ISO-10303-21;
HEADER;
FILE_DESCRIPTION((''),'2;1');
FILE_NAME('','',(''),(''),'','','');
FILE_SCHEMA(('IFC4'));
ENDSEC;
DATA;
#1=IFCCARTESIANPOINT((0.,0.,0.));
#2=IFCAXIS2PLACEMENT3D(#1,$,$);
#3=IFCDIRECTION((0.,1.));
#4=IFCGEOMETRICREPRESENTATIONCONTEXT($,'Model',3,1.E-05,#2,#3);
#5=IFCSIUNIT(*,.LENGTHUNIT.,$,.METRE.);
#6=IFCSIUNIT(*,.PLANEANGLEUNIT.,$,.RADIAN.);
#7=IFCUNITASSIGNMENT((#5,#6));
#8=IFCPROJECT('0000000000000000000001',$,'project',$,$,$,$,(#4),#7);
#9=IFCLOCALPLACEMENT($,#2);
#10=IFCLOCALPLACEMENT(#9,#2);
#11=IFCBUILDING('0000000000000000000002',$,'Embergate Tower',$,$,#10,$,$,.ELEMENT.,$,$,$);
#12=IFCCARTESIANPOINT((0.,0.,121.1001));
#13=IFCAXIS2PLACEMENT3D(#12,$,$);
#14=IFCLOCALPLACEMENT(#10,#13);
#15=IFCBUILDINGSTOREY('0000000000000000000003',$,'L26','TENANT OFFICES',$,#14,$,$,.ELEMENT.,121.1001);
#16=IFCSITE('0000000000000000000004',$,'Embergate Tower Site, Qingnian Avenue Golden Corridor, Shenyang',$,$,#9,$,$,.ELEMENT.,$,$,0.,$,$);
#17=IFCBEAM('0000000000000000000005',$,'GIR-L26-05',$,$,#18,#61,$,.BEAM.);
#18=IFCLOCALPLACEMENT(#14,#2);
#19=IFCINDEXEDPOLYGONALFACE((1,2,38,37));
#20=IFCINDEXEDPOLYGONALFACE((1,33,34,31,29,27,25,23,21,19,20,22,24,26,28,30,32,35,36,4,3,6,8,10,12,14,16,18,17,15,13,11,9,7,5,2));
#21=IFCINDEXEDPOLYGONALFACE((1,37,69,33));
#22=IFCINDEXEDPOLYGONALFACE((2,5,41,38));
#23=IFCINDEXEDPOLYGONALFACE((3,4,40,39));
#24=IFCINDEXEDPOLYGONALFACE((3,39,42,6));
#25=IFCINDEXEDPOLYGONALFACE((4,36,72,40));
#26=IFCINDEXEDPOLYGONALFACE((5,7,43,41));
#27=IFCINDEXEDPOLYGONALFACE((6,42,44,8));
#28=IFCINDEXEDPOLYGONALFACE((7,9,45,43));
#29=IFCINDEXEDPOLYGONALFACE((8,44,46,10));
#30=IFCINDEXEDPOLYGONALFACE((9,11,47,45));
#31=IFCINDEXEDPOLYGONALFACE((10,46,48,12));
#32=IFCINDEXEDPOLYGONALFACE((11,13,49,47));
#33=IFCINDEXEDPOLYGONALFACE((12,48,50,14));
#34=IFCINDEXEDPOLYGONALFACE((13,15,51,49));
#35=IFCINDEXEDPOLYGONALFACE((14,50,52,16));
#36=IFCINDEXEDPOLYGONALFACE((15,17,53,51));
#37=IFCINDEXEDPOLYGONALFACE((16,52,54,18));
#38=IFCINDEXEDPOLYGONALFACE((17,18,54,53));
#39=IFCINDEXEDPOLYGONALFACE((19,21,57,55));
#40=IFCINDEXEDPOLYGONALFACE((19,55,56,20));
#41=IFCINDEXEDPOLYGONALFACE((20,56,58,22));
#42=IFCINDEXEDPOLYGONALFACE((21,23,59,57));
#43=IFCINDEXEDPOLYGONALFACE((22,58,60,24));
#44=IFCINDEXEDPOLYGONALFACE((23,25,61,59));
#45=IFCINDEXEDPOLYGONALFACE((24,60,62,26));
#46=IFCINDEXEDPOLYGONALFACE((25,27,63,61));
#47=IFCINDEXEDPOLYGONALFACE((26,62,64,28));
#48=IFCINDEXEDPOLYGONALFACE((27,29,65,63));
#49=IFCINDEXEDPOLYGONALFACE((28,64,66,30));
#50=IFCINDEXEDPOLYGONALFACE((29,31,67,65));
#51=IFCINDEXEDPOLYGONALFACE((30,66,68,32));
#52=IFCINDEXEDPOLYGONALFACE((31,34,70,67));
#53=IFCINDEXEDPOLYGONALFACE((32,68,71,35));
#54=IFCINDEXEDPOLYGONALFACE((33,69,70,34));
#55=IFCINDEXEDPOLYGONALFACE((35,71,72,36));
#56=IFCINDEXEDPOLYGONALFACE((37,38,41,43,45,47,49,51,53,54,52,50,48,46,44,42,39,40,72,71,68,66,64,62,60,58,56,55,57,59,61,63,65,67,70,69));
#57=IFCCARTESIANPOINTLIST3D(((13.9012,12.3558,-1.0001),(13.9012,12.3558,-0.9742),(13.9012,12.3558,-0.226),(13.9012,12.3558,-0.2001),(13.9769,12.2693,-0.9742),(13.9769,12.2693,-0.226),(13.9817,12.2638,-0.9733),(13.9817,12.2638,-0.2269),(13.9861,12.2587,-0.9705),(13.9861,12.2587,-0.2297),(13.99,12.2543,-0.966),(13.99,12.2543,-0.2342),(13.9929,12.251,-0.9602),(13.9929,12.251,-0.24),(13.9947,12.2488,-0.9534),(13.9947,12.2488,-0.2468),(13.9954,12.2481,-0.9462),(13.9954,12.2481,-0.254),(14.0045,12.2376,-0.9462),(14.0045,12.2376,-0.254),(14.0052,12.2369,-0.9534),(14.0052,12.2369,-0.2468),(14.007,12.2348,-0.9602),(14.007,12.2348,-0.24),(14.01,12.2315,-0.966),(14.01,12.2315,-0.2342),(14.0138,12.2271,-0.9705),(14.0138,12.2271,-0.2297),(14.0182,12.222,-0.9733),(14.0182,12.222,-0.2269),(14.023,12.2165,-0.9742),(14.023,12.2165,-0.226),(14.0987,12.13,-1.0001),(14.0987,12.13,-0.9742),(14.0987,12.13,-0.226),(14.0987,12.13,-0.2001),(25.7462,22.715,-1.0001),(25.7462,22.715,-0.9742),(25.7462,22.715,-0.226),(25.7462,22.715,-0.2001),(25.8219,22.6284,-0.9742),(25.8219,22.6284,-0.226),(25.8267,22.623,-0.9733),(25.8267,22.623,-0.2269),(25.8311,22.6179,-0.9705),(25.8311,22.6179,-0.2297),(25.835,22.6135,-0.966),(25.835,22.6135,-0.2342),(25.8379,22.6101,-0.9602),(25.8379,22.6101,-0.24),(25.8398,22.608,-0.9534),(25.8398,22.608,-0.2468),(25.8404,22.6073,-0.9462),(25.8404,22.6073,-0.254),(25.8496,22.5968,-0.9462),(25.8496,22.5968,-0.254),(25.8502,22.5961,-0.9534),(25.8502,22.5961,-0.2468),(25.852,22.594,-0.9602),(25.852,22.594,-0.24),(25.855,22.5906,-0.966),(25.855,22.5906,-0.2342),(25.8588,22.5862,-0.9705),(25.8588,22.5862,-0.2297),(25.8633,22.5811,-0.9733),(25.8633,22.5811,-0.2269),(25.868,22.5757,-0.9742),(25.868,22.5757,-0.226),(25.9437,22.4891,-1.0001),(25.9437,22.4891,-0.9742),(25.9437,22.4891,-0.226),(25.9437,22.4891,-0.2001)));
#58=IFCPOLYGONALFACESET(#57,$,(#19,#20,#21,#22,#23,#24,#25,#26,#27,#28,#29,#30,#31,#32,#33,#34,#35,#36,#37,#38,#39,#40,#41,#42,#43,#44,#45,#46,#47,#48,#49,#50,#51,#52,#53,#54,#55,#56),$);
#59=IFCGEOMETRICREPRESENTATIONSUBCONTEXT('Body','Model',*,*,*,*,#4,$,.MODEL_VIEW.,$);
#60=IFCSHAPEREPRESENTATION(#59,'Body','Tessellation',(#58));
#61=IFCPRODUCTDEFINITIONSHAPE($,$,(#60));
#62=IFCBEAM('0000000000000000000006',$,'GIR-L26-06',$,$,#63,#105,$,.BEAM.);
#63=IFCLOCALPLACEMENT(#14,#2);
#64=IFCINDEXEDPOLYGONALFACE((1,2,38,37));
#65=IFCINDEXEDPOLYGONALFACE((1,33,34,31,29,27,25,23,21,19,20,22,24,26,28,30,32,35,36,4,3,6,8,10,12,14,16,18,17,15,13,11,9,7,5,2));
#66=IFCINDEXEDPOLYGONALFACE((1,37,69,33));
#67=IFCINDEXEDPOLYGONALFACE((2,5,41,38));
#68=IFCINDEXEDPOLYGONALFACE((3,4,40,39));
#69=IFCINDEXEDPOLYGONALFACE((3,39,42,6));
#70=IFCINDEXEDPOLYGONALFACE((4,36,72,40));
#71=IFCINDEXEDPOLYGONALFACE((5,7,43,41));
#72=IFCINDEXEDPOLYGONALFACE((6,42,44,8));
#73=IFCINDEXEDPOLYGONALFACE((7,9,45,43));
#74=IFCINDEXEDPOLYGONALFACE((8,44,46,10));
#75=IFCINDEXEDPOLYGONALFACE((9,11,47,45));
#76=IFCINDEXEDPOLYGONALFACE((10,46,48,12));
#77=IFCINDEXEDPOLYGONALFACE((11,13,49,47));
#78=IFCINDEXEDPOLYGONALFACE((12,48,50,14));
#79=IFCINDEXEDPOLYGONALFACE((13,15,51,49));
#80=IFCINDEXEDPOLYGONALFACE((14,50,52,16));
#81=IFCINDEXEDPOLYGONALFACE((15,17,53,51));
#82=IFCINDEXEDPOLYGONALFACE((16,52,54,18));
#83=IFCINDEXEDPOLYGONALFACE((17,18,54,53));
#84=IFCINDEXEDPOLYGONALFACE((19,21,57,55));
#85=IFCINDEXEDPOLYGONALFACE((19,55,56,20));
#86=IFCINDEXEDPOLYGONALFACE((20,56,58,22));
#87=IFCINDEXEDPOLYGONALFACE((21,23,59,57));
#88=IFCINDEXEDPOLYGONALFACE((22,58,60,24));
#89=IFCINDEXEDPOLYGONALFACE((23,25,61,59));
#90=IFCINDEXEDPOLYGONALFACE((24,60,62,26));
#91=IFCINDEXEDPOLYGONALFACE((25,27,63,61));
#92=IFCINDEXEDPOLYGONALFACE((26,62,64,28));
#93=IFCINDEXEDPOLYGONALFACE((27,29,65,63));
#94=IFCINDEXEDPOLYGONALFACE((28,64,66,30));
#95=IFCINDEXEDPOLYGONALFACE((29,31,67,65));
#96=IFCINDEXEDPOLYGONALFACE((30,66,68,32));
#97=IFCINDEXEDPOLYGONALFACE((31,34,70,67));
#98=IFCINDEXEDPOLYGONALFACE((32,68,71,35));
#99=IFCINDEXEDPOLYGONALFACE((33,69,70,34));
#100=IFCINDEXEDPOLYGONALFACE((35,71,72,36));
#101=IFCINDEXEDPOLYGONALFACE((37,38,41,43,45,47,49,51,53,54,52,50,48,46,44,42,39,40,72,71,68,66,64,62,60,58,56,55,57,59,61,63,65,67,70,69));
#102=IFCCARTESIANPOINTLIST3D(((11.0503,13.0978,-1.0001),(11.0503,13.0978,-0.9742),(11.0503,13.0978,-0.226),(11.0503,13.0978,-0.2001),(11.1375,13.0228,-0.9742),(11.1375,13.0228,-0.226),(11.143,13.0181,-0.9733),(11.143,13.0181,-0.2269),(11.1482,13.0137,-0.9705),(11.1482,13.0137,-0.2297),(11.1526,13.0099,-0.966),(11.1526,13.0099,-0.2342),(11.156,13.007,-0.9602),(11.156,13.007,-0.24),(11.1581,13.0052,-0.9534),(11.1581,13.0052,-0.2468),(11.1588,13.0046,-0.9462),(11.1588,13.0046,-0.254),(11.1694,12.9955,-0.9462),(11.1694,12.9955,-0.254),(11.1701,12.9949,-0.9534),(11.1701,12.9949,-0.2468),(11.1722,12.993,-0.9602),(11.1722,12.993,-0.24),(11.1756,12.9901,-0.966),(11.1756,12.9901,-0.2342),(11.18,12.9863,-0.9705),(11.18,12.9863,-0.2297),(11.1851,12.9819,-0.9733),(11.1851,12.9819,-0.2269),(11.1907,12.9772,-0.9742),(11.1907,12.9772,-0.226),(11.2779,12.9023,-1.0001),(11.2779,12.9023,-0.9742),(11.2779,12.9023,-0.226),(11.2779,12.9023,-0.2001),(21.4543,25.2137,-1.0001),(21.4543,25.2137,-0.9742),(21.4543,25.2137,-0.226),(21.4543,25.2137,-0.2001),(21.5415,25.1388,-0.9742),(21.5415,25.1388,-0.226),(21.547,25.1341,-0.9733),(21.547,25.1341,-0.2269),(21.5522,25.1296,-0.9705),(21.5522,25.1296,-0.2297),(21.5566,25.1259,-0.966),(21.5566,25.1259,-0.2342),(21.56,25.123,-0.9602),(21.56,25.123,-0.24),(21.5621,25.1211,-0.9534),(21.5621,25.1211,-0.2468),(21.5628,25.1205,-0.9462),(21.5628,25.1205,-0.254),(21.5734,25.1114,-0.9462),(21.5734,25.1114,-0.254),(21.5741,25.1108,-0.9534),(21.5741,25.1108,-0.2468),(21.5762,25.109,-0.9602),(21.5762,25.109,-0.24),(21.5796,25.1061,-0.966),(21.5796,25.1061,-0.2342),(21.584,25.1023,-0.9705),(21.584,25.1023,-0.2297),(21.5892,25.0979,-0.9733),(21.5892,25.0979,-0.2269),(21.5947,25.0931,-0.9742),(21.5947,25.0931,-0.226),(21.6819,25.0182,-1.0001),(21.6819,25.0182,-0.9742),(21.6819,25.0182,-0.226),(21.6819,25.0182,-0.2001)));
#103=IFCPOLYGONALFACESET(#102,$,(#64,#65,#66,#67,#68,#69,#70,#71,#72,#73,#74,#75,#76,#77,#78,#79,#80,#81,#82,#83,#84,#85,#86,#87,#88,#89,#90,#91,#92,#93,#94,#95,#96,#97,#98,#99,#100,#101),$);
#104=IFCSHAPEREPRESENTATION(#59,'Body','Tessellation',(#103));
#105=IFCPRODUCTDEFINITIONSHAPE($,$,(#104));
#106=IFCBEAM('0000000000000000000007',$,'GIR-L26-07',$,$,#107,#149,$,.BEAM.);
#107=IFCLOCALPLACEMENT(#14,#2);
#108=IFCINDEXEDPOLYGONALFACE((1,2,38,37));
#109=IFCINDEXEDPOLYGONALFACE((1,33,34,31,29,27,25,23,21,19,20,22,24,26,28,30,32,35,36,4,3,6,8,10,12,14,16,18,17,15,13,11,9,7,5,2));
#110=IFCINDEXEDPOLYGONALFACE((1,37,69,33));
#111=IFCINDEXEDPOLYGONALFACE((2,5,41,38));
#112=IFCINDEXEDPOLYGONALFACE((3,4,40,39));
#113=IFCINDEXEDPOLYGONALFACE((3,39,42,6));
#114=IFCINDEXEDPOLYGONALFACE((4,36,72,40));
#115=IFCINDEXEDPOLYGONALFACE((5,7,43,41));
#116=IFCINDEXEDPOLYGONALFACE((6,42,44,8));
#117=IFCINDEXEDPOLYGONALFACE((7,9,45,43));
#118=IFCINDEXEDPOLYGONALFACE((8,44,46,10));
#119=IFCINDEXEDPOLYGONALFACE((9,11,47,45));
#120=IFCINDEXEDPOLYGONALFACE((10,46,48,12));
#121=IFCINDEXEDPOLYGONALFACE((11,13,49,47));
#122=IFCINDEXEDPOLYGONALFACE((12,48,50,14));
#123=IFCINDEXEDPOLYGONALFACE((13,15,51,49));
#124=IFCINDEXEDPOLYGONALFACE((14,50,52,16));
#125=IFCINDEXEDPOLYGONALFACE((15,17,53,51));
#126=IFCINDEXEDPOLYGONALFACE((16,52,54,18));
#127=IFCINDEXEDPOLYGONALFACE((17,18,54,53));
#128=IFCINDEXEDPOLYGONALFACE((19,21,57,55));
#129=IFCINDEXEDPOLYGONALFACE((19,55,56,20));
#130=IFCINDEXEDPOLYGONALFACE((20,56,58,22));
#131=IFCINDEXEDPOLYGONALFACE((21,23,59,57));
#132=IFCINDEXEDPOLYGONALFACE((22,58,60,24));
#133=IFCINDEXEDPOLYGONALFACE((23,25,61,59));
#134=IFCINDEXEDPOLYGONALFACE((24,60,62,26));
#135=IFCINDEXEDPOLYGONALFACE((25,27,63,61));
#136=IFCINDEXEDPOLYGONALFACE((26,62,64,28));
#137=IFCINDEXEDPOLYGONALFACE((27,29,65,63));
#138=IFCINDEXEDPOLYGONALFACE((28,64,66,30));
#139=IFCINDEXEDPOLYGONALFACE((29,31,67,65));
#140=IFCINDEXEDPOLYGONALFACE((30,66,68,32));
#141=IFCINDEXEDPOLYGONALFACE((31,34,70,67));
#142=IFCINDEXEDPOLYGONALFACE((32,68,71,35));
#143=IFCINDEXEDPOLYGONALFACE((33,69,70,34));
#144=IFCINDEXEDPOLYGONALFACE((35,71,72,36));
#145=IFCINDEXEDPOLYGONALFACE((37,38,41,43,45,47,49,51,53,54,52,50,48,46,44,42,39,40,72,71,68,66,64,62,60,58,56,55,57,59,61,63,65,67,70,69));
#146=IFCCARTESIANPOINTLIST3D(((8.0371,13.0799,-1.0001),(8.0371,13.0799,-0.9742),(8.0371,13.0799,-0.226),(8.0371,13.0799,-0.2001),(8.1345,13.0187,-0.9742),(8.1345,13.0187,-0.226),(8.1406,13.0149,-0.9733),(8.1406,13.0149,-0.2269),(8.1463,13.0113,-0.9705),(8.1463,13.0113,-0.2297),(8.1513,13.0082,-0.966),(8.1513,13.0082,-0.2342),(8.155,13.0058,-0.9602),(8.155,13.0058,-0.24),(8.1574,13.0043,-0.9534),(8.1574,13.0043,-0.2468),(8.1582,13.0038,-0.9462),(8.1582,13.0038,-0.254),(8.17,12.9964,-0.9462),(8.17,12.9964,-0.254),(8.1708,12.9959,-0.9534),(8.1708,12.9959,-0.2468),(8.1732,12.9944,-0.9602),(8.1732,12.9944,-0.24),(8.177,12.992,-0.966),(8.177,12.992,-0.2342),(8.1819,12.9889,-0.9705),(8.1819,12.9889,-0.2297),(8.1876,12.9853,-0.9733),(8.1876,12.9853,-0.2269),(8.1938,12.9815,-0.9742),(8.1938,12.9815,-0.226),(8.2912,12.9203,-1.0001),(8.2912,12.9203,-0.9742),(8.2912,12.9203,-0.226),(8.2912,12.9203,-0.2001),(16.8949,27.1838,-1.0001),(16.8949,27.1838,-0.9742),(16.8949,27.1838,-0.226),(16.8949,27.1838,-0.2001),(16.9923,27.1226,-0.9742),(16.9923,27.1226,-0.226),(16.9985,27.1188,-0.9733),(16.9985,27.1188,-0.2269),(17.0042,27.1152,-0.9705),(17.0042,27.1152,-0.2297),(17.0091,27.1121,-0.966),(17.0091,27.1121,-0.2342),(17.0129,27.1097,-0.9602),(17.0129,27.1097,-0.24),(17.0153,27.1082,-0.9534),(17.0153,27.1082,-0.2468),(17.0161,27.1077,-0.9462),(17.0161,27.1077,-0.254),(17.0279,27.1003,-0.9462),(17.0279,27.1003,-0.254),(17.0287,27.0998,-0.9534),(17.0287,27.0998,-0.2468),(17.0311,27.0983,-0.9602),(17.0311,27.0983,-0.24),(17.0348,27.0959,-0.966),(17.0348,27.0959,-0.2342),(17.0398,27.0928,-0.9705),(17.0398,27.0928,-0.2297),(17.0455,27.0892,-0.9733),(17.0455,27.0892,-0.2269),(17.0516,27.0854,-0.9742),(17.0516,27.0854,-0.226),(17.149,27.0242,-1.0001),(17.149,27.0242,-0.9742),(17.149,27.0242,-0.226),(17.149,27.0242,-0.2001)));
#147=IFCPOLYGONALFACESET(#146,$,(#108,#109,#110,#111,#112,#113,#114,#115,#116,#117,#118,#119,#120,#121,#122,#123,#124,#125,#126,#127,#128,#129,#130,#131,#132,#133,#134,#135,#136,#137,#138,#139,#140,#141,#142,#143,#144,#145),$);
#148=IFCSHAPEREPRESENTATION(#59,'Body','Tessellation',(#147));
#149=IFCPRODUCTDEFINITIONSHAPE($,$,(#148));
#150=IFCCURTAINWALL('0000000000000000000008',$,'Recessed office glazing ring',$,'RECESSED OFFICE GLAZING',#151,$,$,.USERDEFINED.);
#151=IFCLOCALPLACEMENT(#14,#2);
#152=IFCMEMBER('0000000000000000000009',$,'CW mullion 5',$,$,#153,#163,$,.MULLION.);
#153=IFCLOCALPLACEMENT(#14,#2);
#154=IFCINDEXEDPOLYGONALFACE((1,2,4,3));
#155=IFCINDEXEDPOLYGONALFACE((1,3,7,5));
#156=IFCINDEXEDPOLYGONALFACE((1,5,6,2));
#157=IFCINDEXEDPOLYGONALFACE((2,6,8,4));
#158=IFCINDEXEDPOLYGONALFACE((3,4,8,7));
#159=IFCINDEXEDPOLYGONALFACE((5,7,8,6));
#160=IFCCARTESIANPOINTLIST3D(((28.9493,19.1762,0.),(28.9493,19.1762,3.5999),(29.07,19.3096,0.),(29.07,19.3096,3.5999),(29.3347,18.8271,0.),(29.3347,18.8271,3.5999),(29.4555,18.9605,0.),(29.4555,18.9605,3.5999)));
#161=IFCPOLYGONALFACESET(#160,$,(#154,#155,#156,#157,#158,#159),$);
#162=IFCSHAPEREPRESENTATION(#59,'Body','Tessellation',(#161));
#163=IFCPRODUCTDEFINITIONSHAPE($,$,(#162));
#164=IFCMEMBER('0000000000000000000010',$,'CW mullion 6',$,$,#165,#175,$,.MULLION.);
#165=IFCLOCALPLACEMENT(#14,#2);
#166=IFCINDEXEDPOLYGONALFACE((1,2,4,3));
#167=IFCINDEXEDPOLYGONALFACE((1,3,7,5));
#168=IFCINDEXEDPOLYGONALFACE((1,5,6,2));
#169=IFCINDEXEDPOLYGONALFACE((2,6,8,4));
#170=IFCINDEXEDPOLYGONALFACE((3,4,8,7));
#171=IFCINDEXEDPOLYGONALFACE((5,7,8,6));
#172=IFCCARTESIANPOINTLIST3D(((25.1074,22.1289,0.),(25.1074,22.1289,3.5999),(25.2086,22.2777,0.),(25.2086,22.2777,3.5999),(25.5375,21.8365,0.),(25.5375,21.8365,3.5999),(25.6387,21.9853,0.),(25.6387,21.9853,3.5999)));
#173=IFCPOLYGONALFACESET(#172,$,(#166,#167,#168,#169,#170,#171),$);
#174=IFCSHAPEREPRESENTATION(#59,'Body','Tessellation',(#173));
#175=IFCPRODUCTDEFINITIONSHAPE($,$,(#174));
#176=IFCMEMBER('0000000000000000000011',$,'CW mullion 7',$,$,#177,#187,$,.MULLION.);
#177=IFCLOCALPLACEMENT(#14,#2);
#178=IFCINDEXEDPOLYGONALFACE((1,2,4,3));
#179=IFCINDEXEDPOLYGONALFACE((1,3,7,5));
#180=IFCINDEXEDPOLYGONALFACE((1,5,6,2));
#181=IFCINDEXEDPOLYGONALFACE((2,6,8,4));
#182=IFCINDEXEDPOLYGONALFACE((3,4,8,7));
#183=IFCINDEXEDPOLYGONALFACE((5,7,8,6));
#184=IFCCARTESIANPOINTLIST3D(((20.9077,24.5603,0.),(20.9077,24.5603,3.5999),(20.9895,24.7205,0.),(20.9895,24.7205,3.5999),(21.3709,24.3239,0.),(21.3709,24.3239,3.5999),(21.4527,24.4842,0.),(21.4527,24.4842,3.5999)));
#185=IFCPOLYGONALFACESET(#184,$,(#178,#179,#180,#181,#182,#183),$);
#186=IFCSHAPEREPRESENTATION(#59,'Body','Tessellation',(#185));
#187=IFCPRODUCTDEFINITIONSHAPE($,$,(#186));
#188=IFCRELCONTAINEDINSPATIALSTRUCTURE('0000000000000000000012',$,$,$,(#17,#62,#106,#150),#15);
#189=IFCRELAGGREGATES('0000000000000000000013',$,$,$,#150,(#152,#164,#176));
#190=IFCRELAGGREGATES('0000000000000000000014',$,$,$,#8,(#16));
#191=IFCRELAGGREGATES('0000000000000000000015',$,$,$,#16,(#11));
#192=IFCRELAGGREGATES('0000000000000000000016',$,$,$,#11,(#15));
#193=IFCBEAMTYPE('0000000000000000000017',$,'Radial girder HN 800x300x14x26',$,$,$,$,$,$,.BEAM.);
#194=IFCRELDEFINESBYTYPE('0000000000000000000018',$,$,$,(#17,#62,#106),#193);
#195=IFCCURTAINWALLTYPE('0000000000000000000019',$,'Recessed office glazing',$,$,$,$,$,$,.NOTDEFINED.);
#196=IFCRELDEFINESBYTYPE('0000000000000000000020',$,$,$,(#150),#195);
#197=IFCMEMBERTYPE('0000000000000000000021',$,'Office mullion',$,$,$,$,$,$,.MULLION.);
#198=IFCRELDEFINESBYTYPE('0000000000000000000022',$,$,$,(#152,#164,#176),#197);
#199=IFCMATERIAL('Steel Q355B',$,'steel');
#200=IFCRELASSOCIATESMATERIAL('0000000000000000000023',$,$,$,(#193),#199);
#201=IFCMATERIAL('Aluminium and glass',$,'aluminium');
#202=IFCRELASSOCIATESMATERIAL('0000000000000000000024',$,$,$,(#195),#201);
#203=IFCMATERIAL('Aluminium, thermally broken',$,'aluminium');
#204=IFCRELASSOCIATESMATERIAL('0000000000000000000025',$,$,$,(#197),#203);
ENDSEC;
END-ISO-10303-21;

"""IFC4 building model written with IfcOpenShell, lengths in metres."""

from ifc_helpers import new_model, si_unit, direction, frame, origin, origin_2d, place, context, subcontext, project, spatial, rectangle, i_section, extrude, source, transform, mapped, material, material_profile, profile_set, type_object, element, aggregate, save


model = new_model("IFC4")

# Units and contexts
model_context = context("Model", 3, precision=1e-05, world=origin(), true_north=direction((0.0, 1.0)))
body_context = subcontext(model_context, "Body", "Model", "MODEL_VIEW")
ifc_project = project(units=[si_unit("LENGTHUNIT", "METRE"), si_unit("PLANEANGLEUNIT", "RADIAN")], contexts=[model_context])

# Site, building, storey
site_placement = place(None, origin())
site = spatial("IfcSite", under=ifc_project, at=site_placement, Name="Embergate Tower Site, Qingnian Avenue Golden Corridor, Shenyang", CompositionType="ELEMENT", RefElevation=0.0)
building_placement = place(site_placement, origin())
building = spatial("IfcBuilding", under=site, at=building_placement, Name="Embergate Tower", CompositionType="ELEMENT")
storey_placement = place(building_placement, frame((0.0, 0.0, 121.1001)))
storey = spatial("IfcBuildingStorey", under=building, at=storey_placement, Name="L26", Description="TENANT OFFICES", CompositionType="ELEMENT", Elevation=121.1001)

# Beams
ifc_material_1 = material(Name="Steel Q355B", Category="steel")
ifc_material_profile_1 = material_profile(ifc_material_1, i_section(OverallWidth=0.3, OverallDepth=0.8, WebThickness=0.0139, FlangeThickness=0.0259, FilletRadius=0.0281, at=origin_2d()), Name="HN 800x300x14x26")
ifc_profile_set_1 = profile_set([ifc_material_profile_1], Name="Steel Q355 grade B")
beam_type_1 = type_object("IfcBeamType", Name="Radial girder HN 800x300x14x26", PredefinedType="BEAM", material=ifc_profile_set_1)
shared_shape_1 = source(origin(), body_context, "Body", "SweptSolid", [
    extrude(i_section(OverallWidth=0.3, OverallDepth=0.8, WebThickness=0.0139, FlangeThickness=0.0259, FilletRadius=0.0281, at=origin_2d()), origin(), (0.0, 0.0, 1.0), 15.7358),
])
beam_1_placement = place(storey_placement, frame((25.845, 22.6021, -0.6001), z_axis=(-0.752741, -0.658317, 0.0), x_axis=(0.658317, -0.752741, 0.0)))
element("IfcBeam", 1, at=beam_1_placement, inside=storey, type_object=beam_type_1, Name="GIR-L26-05", PredefinedType="BEAM", context=body_context, shape_type="MappedRepresentation", body=[
    mapped(shared_shape_1, transform((0.0, 0.0, 0.0))),
])
shared_shape_2 = source(origin(), body_context, "Body", "SweptSolid", [
    extrude(i_section(OverallWidth=0.3, OverallDepth=0.8, WebThickness=0.0139, FlangeThickness=0.0259, FilletRadius=0.0281, at=origin_2d()), origin(), (0.0, 0.0, 1.0), 15.97),
])
beam_2_placement = place(storey_placement, frame((21.5681, 25.116, -0.6001), z_axis=(-0.651475, -0.75867, 0.0), x_axis=(0.75867, -0.651475, 0.0)))
element("IfcBeam", 2, at=beam_2_placement, inside=storey, type_object=beam_type_1, Name="GIR-L26-06", PredefinedType="BEAM", context=body_context, shape_type="MappedRepresentation", body=[
    mapped(shared_shape_2, transform((0.0, 0.0, 0.0))),
])
shared_shape_3 = source(origin(), body_context, "Body", "SweptSolid", [
    extrude(i_section(OverallWidth=0.3, OverallDepth=0.8, WebThickness=0.0139, FlangeThickness=0.0259, FilletRadius=0.0281, at=origin_2d()), origin(), (0.0, 0.0, 1.0), 16.6548),
])
beam_3_placement = place(storey_placement, frame((17.022, 27.104, -0.6001), z_axis=(-0.53185, -0.846838, 0.0), x_axis=(0.846838, -0.53185, 0.0)))
element("IfcBeam", 3, at=beam_3_placement, inside=storey, type_object=beam_type_1, Name="GIR-L26-07", PredefinedType="BEAM", context=body_context, shape_type="MappedRepresentation", body=[
    mapped(shared_shape_3, transform((0.0, 0.0, 0.0))),
])

# Curtain wall, members
ifc_material_2 = material(Name="Aluminium and glass", Category="aluminium")
curtain_wall_type = type_object("IfcCurtainWallType", Name="Recessed office glazing", PredefinedType="NOTDEFINED", material=ifc_material_2)
curtain_wall_placement = place(storey_placement, origin())
curtain_wall = element("IfcCurtainWall", 4, at=curtain_wall_placement, inside=storey, type_object=curtain_wall_type, Name="Recessed office glazing ring", ObjectType="RECESSED OFFICE GLAZING", PredefinedType="USERDEFINED")
ifc_material_3 = material(Name="Aluminium, thermally broken", Category="aluminium")
ifc_material_profile_2 = material_profile(ifc_material_3, rectangle(XDim=0.1799, YDim=0.52, at=origin_2d()), Name="AL 520x180")
ifc_profile_set_2 = profile_set([ifc_material_profile_2], Name="Aluminium, thermally broken")
member_type_1 = type_object("IfcMemberType", Name="Office mullion", PredefinedType="MULLION", material=ifc_profile_set_2)
shared_shape_4 = source(origin(), body_context, "Body", "SweptSolid", [
    extrude(rectangle(XDim=0.1799, YDim=0.52, at=origin_2d()), origin(), (0.0, 0.0, 1.0), 3.5999),
])
member_1_placement = place(storey_placement, frame((29.2024, 19.0684, 0.0), z_axis=(0.0, 0.0, 1.0), x_axis=(-0.671228, -0.741251, 0.0)))
member_1 = element("IfcMember", 5, at=member_1_placement, type_object=member_type_1, Name="CW mullion 5", PredefinedType="MULLION", context=body_context, shape_type="MappedRepresentation", body=[
    mapped(shared_shape_4, transform((0.0, 0.0, 0.0))),
])
member_2_placement = place(storey_placement, frame((25.373, 22.0571, 0.0), z_axis=(0.0, 0.0, 1.0), x_axis=(-0.562218, -0.826989, 0.0)))
member_2 = element("IfcMember", 6, at=member_2_placement, type_object=member_type_1, Name="CW mullion 6", PredefinedType="MULLION", context=body_context, shape_type="MappedRepresentation", body=[
    mapped(shared_shape_4, transform((0.0, 0.0, 0.0))),
])
member_3_placement = place(storey_placement, frame((21.1802, 24.5222, 0.0), z_axis=(0.0, 0.0, 1.0), x_axis=(-0.454511, -0.890741, 0.0)))
member_3 = element("IfcMember", 7, at=member_3_placement, type_object=member_type_1, Name="CW mullion 7", PredefinedType="MULLION", context=body_context, shape_type="MappedRepresentation", body=[
    mapped(shared_shape_4, transform((0.0, 0.0, 0.0))),
])
aggregate(curtain_wall, [member_1, member_2, member_3])

save(model, "model.ifc")
